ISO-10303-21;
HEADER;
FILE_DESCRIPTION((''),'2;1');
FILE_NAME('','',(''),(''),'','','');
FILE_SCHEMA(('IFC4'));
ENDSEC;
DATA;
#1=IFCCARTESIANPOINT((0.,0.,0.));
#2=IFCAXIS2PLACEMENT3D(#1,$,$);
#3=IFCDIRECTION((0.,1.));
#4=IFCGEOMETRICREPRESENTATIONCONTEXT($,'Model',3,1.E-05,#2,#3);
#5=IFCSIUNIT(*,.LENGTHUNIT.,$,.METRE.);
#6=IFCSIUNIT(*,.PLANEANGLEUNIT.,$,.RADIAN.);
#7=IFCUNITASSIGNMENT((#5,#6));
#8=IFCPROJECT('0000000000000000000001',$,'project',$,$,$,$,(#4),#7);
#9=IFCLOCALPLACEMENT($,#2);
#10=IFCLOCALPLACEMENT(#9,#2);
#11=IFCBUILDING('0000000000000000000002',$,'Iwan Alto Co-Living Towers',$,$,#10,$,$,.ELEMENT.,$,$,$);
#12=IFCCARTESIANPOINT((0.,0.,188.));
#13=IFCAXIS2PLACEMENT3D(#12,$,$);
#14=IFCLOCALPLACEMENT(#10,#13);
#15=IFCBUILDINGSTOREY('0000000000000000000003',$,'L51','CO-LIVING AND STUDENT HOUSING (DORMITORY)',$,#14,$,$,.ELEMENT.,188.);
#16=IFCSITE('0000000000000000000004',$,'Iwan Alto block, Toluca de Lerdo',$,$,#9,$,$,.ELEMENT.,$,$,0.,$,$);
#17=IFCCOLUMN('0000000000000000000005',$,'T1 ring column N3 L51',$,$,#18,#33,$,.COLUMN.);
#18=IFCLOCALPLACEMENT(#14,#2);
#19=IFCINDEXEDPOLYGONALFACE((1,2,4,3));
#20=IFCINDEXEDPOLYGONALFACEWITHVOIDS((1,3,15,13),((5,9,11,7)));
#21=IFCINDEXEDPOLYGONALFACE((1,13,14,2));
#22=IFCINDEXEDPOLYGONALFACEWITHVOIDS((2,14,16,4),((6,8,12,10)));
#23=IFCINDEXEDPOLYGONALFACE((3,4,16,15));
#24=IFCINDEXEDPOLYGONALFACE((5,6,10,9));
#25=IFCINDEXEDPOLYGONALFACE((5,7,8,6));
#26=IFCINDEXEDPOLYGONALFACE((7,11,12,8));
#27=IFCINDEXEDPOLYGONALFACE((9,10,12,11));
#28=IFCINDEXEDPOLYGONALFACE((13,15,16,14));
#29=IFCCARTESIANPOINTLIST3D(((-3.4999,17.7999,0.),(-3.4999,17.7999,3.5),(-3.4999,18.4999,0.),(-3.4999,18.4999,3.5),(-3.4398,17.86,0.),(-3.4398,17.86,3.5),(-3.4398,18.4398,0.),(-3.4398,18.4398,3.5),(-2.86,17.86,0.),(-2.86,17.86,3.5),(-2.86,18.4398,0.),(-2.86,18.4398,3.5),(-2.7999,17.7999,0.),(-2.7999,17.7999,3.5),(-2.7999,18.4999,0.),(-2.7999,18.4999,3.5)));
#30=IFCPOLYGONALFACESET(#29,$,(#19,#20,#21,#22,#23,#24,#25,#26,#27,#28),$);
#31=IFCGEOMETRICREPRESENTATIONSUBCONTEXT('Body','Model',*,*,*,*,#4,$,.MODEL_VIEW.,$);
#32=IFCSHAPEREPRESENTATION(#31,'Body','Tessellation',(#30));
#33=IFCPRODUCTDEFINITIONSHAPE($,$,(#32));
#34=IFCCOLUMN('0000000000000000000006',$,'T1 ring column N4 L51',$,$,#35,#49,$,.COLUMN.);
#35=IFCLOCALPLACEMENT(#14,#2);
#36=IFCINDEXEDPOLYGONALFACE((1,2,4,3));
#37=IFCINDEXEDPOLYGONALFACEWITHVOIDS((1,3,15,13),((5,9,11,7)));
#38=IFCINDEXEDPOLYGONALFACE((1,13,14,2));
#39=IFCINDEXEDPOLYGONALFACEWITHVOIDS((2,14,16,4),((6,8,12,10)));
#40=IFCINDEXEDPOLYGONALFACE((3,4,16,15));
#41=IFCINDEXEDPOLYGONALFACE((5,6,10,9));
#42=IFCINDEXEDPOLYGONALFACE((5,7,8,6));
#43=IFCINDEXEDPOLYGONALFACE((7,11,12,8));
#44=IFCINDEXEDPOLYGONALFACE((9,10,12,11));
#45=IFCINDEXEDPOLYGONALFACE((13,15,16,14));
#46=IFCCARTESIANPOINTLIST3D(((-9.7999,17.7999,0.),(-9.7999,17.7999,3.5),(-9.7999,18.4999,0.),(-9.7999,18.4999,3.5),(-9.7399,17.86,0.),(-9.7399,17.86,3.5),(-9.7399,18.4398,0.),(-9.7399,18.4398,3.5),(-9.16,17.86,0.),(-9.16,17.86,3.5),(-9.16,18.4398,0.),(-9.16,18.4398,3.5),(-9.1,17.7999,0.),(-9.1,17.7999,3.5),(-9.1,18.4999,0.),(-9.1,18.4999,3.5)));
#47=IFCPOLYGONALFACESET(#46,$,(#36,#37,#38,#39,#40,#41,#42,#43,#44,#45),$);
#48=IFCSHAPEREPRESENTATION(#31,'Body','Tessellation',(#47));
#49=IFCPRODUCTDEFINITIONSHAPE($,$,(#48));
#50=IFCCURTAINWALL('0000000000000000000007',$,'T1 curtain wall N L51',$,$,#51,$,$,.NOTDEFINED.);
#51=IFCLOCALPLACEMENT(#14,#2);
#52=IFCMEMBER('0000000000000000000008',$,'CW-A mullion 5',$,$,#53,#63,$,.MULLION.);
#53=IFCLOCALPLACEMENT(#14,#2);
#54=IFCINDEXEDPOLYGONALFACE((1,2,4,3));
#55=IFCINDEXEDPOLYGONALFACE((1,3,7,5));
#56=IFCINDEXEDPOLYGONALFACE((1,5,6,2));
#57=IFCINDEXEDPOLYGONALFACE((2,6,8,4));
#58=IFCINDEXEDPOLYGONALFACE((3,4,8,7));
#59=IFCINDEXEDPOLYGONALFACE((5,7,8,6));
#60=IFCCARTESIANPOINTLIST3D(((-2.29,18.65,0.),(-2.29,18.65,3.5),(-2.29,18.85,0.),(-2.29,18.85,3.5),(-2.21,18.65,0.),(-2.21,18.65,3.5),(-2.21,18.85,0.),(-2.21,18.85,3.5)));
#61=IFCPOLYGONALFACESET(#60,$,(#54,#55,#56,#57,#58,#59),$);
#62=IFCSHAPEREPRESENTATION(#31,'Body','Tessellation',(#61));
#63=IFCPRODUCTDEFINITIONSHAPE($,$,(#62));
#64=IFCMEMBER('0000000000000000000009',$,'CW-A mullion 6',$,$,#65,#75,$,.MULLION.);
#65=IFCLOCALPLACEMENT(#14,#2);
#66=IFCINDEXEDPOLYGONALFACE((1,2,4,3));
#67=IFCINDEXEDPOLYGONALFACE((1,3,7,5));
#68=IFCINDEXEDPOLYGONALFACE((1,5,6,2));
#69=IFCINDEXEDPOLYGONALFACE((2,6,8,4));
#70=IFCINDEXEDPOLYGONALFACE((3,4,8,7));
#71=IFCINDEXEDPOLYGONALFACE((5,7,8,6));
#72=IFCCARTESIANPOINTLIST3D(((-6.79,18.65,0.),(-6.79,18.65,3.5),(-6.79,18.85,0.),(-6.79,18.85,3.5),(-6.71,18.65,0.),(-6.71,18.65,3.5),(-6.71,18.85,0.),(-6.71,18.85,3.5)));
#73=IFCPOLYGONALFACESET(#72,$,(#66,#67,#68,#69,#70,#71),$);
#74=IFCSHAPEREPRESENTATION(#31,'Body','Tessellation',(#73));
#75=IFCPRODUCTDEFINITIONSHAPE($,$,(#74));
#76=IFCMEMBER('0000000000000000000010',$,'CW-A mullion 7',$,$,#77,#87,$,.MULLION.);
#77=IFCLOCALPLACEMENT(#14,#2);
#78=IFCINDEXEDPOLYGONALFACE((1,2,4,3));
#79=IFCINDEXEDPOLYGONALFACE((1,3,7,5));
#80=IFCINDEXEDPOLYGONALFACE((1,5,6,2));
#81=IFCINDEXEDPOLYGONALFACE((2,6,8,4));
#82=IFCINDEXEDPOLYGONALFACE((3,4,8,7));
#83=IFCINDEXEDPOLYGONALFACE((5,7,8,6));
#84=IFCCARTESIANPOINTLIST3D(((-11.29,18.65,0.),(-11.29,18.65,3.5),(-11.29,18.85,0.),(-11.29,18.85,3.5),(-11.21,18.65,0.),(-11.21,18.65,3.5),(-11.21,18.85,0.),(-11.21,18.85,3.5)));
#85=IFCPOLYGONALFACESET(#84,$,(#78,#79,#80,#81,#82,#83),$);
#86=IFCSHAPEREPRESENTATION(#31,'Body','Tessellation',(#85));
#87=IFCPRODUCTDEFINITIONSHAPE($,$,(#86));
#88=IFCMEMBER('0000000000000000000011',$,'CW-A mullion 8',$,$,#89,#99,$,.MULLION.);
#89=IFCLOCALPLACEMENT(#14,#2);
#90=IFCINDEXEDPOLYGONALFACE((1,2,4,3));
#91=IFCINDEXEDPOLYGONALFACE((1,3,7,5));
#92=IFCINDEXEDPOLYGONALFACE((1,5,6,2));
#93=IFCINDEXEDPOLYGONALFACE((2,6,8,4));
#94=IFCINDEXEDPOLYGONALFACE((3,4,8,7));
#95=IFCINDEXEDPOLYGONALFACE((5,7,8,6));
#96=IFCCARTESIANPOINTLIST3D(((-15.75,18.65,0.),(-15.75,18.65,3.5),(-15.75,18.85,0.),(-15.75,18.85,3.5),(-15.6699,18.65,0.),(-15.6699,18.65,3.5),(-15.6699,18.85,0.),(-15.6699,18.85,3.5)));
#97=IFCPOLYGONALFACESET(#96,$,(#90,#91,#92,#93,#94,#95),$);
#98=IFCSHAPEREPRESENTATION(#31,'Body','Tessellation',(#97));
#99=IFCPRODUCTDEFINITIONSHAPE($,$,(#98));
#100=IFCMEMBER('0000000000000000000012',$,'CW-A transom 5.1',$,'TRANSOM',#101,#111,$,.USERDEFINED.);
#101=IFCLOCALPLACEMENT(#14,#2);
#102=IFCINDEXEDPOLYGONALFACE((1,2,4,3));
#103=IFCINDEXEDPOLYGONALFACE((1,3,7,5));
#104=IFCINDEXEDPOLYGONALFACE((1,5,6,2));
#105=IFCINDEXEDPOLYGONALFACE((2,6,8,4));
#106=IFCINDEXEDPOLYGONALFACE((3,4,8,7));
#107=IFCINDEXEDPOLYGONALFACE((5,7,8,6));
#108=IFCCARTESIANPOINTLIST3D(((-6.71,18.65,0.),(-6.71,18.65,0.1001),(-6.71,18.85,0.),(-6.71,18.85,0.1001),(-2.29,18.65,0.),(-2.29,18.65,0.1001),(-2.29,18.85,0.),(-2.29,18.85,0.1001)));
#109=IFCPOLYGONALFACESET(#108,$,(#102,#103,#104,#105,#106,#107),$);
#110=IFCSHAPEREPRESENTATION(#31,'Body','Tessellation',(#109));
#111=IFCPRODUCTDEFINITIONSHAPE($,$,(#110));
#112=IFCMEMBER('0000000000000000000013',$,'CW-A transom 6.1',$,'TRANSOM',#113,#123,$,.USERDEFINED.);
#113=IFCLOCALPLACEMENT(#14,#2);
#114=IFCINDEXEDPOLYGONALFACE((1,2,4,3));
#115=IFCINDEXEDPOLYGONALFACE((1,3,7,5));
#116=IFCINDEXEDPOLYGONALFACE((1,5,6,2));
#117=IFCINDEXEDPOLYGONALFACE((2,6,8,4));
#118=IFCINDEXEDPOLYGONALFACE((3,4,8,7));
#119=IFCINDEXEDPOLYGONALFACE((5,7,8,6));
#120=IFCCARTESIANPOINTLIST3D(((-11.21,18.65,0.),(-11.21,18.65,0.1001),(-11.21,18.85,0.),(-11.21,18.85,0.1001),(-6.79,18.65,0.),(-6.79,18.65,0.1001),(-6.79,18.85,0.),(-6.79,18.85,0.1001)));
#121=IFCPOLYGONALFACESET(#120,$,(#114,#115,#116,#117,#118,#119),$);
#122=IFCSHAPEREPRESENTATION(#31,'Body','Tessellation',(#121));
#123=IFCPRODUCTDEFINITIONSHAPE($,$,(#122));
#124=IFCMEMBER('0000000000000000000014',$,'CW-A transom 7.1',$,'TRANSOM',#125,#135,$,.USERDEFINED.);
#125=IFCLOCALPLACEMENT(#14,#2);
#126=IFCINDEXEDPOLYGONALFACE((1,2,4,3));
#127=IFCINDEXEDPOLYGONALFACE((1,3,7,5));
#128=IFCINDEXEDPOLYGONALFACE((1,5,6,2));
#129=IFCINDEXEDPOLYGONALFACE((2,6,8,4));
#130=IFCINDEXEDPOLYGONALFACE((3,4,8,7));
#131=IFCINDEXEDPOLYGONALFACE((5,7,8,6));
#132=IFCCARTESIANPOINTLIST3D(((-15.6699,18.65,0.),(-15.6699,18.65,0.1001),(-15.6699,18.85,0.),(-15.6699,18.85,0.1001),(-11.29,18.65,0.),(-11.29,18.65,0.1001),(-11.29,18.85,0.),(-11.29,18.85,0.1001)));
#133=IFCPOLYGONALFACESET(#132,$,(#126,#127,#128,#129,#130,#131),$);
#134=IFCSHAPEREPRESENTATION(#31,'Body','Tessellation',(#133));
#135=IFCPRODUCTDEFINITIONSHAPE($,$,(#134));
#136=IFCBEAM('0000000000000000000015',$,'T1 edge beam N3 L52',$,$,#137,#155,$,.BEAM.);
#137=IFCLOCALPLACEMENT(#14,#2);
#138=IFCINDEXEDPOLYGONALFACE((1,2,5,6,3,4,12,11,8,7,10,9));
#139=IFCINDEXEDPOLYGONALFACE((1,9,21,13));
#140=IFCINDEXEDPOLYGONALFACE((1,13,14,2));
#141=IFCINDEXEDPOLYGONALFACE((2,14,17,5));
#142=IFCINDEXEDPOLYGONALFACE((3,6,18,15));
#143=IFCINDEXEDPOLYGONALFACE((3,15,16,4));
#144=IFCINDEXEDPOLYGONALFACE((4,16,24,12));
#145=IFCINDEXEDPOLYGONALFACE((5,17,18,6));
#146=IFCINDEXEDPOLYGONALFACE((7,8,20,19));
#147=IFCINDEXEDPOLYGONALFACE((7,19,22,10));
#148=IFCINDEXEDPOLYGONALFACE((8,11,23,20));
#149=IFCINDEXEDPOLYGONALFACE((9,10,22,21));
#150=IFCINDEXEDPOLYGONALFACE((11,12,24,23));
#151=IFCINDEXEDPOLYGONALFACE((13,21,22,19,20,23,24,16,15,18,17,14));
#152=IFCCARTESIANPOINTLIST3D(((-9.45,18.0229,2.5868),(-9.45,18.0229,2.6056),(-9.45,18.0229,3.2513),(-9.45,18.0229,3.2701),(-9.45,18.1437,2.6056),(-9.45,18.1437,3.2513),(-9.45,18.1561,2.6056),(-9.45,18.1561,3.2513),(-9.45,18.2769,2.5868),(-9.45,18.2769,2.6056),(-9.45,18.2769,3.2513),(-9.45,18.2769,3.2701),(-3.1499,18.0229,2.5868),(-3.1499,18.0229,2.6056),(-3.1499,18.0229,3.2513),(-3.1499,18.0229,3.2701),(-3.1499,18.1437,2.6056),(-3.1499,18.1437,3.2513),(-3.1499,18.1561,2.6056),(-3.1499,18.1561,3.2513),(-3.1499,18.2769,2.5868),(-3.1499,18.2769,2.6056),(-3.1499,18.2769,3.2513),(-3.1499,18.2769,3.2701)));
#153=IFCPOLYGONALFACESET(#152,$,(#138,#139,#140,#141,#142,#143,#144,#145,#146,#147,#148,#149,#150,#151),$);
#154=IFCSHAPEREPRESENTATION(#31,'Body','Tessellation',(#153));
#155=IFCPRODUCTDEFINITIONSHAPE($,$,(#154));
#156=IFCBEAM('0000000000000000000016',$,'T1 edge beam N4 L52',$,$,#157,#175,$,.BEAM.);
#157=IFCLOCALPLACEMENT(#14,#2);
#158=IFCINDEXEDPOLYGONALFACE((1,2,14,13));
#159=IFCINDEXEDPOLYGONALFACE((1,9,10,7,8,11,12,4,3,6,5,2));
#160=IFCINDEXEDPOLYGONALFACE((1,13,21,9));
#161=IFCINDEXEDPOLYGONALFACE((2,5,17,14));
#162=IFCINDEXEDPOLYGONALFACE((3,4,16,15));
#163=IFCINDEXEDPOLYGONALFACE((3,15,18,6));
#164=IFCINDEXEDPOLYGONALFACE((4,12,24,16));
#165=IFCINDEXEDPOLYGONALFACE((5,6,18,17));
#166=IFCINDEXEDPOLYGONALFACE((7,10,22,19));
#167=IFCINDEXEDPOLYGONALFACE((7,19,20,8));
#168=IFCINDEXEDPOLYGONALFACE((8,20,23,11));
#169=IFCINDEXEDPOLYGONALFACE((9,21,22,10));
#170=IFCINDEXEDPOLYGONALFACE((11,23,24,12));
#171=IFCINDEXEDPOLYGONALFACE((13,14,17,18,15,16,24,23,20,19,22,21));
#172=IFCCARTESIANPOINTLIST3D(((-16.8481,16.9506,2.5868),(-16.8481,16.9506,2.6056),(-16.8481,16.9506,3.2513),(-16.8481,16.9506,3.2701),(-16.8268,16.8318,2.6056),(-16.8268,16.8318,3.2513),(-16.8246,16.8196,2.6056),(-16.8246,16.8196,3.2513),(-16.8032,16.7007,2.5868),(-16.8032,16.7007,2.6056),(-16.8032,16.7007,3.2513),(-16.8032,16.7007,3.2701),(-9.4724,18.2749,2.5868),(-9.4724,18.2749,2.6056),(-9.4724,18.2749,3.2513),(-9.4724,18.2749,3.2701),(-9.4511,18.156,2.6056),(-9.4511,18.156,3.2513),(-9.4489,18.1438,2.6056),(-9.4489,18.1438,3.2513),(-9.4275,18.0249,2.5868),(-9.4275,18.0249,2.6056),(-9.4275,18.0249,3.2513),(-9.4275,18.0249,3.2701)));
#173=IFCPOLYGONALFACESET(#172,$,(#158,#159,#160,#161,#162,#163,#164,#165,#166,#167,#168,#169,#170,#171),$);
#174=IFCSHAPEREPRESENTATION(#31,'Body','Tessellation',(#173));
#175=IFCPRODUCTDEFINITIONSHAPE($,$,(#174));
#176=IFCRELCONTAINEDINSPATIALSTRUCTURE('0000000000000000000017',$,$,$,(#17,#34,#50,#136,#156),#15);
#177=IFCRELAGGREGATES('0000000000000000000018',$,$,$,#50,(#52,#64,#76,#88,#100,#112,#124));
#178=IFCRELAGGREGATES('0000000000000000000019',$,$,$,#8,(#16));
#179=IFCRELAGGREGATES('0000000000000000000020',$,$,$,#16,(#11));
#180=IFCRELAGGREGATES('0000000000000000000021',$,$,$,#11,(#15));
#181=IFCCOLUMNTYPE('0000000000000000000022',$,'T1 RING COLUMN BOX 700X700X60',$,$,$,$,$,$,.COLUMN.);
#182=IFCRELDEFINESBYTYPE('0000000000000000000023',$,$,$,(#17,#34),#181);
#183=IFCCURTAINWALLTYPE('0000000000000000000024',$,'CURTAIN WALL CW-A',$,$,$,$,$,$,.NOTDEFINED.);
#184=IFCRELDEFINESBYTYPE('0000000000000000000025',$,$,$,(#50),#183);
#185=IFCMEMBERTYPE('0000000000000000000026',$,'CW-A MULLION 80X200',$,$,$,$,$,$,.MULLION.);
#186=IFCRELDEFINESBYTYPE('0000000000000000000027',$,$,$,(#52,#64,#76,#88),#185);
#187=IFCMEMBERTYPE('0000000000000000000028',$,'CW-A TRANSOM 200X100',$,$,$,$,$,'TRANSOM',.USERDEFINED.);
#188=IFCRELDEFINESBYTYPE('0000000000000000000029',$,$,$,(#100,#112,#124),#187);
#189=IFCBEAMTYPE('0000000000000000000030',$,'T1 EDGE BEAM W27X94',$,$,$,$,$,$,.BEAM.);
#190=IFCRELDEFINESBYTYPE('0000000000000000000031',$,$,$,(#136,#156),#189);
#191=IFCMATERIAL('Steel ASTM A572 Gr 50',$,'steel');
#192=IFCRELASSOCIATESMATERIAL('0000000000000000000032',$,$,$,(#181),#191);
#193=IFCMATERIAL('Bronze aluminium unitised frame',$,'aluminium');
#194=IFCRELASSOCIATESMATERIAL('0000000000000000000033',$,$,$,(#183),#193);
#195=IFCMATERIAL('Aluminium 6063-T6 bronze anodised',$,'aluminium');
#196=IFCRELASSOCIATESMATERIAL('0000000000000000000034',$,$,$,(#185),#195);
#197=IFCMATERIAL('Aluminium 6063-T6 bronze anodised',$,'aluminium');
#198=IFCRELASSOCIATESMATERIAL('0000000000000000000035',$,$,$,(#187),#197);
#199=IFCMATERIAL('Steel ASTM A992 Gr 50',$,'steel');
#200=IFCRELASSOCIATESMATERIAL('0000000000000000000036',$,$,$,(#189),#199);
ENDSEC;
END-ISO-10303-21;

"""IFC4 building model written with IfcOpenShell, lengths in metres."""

from ifc_helpers import new_model, si_unit, direction, frame, origin, origin_2d, place, context, subcontext, project, spatial, rectangle, hollow_rectangle, i_section, extrude, material, material_profile, profile_set, type_object, element, aggregate, save


model = new_model("IFC4")

# Units and contexts
model_context = context("Model", 3, precision=1e-05, world=origin(), true_north=direction((0.0, 1.0)))
body_context = subcontext(model_context, "Body", "Model", "MODEL_VIEW")
ifc_project = project(units=[si_unit("LENGTHUNIT", "METRE"), si_unit("PLANEANGLEUNIT", "RADIAN")], contexts=[model_context])

# Site, building, storey
site_placement = place(None, origin())
site = spatial("IfcSite", under=ifc_project, at=site_placement, Name="Iwan Alto block, Toluca de Lerdo", CompositionType="ELEMENT", RefElevation=0.0)
building_placement = place(site_placement, origin())
building = spatial("IfcBuilding", under=site, at=building_placement, Name="Iwan Alto Co-Living Towers", CompositionType="ELEMENT")
storey_placement = place(building_placement, frame((0.0, 0.0, 188.0)))
storey = spatial("IfcBuildingStorey", under=building, at=storey_placement, Name="L51", Description="CO-LIVING AND STUDENT HOUSING (DORMITORY)", CompositionType="ELEMENT", Elevation=188.0)

# Columns
ifc_material_1 = material(Name="Steel ASTM A572 Gr 50", Category="steel")
ifc_material_profile_1 = material_profile(ifc_material_1, hollow_rectangle(XDim=0.7, YDim=0.7, WallThickness=0.0601, at=origin_2d()), Name="BOX 700X700X60")
ifc_profile_set_1 = profile_set([ifc_material_profile_1], Name="Steel ASTM A572 Gr 50")
column_type = type_object("IfcColumnType", Name="T1 RING COLUMN BOX 700X700X60", PredefinedType="COLUMN", material=ifc_profile_set_1)
for number, where, z_axis, x_axis, name in (
    (1, (-3.1499, 18.1499, 0.0), (0.0, 0.0, 1.0), (1.0, 0.0, 0.0), "T1 ring column N3 L51"),
    (2, (-9.45, 18.1499, 0.0), (0.0, 0.0, 1.0), (1.0, 0.0, 0.0), "T1 ring column N4 L51"),
):
    element("IfcColumn", number, at=place(storey_placement, frame(where, z_axis=z_axis, x_axis=x_axis)), inside=storey, type_object=column_type, Name=name, PredefinedType="COLUMN", context=body_context, shape_type="SweptSolid", body=[
        extrude(hollow_rectangle(XDim=0.7, YDim=0.7, WallThickness=0.0601, at=origin_2d()), origin(), (0.0, 0.0, 1.0), 3.5),
    ])

# Curtain wall, members
ifc_material_2 = material(Name="Bronze aluminium unitised frame", Category="aluminium")
curtain_wall_type = type_object("IfcCurtainWallType", Name="CURTAIN WALL CW-A", PredefinedType="NOTDEFINED", material=ifc_material_2)
curtain_wall_placement = place(storey_placement, origin())
curtain_wall = element("IfcCurtainWall", 3, at=curtain_wall_placement, inside=storey, type_object=curtain_wall_type, Name="T1 curtain wall N L51", PredefinedType="NOTDEFINED")
ifc_material_3 = material(Name="Aluminium 6063-T6 bronze anodised", Category="aluminium")
ifc_material_profile_2 = material_profile(ifc_material_3, rectangle(XDim=0.2, YDim=0.0801, at=origin_2d()), Name="AL 80X200")
ifc_profile_set_2 = profile_set([ifc_material_profile_2], Name="Aluminium 6063-T6 bronze anodised")
member_type_1 = type_object("IfcMemberType", Name="CW-A MULLION 80X200", PredefinedType="MULLION", material=ifc_profile_set_2)
member_1_placement = place(storey_placement, frame((-2.25, 18.75, 0.0), z_axis=(0.0, 0.0, 1.0), x_axis=(0.0, -1.0, 0.0)))
member_1 = element("IfcMember", 4, at=member_1_placement, type_object=member_type_1, Name="CW-A mullion 5", PredefinedType="MULLION", context=body_context, shape_type="SweptSolid", body=[
    extrude(rectangle(XDim=0.2, YDim=0.0801, at=origin_2d()), origin(), (0.0, 0.0, 1.0), 3.5),
])
member_2_placement = place(storey_placement, frame((-6.75, 18.75, 0.0), z_axis=(0.0, 0.0, 1.0), x_axis=(0.0, -1.0, 0.0)))
member_2 = element("IfcMember", 5, at=member_2_placement, type_object=member_type_1, Name="CW-A mullion 6", PredefinedType="MULLION", context=body_context, shape_type="SweptSolid", body=[
    extrude(rectangle(XDim=0.2, YDim=0.0801, at=origin_2d()), origin(), (0.0, 0.0, 1.0), 3.5),
])
member_3_placement = place(storey_placement, frame((-11.25, 18.75, 0.0), z_axis=(0.0, 0.0, 1.0), x_axis=(0.0, -1.0, 0.0)))
member_3 = element("IfcMember", 6, at=member_3_placement, type_object=member_type_1, Name="CW-A mullion 7", PredefinedType="MULLION", context=body_context, shape_type="SweptSolid", body=[
    extrude(rectangle(XDim=0.2, YDim=0.0801, at=origin_2d()), origin(), (0.0, 0.0, 1.0), 3.5),
])
member_4_placement = place(storey_placement, frame((-15.71, 18.75, 0.0), z_axis=(0.0, 0.0, 1.0), x_axis=(0.0, -1.0, 0.0)))
member_4 = element("IfcMember", 7, at=member_4_placement, type_object=member_type_1, Name="CW-A mullion 8", PredefinedType="MULLION", context=body_context, shape_type="SweptSolid", body=[
    extrude(rectangle(XDim=0.2, YDim=0.0801, at=origin_2d()), origin(), (0.0, 0.0, 1.0), 3.5),
])
ifc_material_4 = material(Name="Aluminium 6063-T6 bronze anodised", Category="aluminium")
ifc_material_profile_3 = material_profile(ifc_material_4, rectangle(XDim=0.2, YDim=0.1001, at=origin_2d()), Name="AL 200X100")
ifc_profile_set_3 = profile_set([ifc_material_profile_3], Name="Aluminium 6063-T6 bronze anodised")
member_type_2 = type_object("IfcMemberType", Name="CW-A TRANSOM 200X100", ElementType="TRANSOM", PredefinedType="USERDEFINED", material=ifc_profile_set_3)
member_5_placement = place(storey_placement, frame((-2.29, 18.75, 0.05), z_axis=(-1.0, 0.0, 0.0), x_axis=(0.0, -1.0, 0.0)))
member_5 = element("IfcMember", 8, at=member_5_placement, type_object=member_type_2, Name="CW-A transom 5.1", ObjectType="TRANSOM", PredefinedType="USERDEFINED", context=body_context, shape_type="SweptSolid", body=[
    extrude(rectangle(XDim=0.2, YDim=0.1001, at=origin_2d()), origin(), (0.0, 0.0, 1.0), 4.4199),
])
member_6_placement = place(storey_placement, frame((-6.79, 18.75, 0.05), z_axis=(-1.0, 0.0, 0.0), x_axis=(0.0, -1.0, 0.0)))
member_6 = element("IfcMember", 9, at=member_6_placement, type_object=member_type_2, Name="CW-A transom 6.1", ObjectType="TRANSOM", PredefinedType="USERDEFINED", context=body_context, shape_type="SweptSolid", body=[
    extrude(rectangle(XDim=0.2, YDim=0.1001, at=origin_2d()), origin(), (0.0, 0.0, 1.0), 4.4199),
])
member_7_placement = place(storey_placement, frame((-11.29, 18.75, 0.05), z_axis=(-1.0, 0.0, 0.0), x_axis=(0.0, -1.0, 0.0)))
member_7 = element("IfcMember", 10, at=member_7_placement, type_object=member_type_2, Name="CW-A transom 7.1", ObjectType="TRANSOM", PredefinedType="USERDEFINED", context=body_context, shape_type="SweptSolid", body=[
    extrude(rectangle(XDim=0.2, YDim=0.1001, at=origin_2d()), origin(), (0.0, 0.0, 1.0), 4.3799),
])

# Beams
ifc_material_5 = material(Name="Steel ASTM A992 Gr 50", Category="steel")
ifc_material_profile_4 = material_profile(ifc_material_5, i_section(OverallWidth=0.2539, OverallDepth=0.6833, WebThickness=0.0125, FlangeThickness=0.0188, at=origin_2d()), Name="W27X94")
ifc_profile_set_4 = profile_set([ifc_material_profile_4], Name="Steel ASTM A992 Gr 50")
beam_type_1 = type_object("IfcBeamType", Name="T1 EDGE BEAM W27X94", PredefinedType="BEAM", material=ifc_profile_set_4)
beam_1_placement = place(storey_placement, frame((-3.1499, 18.1499, 2.9285), z_axis=(-1.0, 0.0, 0.0), x_axis=(0.0, -1.0, 0.0)))
element("IfcBeam", 11, at=beam_1_placement, inside=storey, type_object=beam_type_1, Name="T1 edge beam N3 L52", PredefinedType="BEAM", context=body_context, shape_type="SweptSolid", body=[
    extrude(i_section(OverallWidth=0.2539, OverallDepth=0.6833, WebThickness=0.0125, FlangeThickness=0.0188, at=origin_2d()), origin(), (0.0, 0.0, 1.0), 6.3),
])
beam_2_placement = place(storey_placement, frame((-9.45, 18.1499, 2.9285), z_axis=(-0.984263, -0.176712, 0.0), x_axis=(0.176712, -0.984263, 0.0)))
element("IfcBeam", 12, at=beam_2_placement, inside=storey, type_object=beam_type_1, Name="T1 edge beam N4 L52", PredefinedType="BEAM", context=body_context, shape_type="SweptSolid", body=[
    extrude(i_section(OverallWidth=0.2539, OverallDepth=0.6833, WebThickness=0.0125, FlangeThickness=0.0188, at=origin_2d()), origin(), (0.0, 0.0, 1.0), 7.4937),
])

aggregate(curtain_wall, [member_1, member_2, member_3, member_4, member_5, member_6, member_7])

save(model, "model.ifc")
